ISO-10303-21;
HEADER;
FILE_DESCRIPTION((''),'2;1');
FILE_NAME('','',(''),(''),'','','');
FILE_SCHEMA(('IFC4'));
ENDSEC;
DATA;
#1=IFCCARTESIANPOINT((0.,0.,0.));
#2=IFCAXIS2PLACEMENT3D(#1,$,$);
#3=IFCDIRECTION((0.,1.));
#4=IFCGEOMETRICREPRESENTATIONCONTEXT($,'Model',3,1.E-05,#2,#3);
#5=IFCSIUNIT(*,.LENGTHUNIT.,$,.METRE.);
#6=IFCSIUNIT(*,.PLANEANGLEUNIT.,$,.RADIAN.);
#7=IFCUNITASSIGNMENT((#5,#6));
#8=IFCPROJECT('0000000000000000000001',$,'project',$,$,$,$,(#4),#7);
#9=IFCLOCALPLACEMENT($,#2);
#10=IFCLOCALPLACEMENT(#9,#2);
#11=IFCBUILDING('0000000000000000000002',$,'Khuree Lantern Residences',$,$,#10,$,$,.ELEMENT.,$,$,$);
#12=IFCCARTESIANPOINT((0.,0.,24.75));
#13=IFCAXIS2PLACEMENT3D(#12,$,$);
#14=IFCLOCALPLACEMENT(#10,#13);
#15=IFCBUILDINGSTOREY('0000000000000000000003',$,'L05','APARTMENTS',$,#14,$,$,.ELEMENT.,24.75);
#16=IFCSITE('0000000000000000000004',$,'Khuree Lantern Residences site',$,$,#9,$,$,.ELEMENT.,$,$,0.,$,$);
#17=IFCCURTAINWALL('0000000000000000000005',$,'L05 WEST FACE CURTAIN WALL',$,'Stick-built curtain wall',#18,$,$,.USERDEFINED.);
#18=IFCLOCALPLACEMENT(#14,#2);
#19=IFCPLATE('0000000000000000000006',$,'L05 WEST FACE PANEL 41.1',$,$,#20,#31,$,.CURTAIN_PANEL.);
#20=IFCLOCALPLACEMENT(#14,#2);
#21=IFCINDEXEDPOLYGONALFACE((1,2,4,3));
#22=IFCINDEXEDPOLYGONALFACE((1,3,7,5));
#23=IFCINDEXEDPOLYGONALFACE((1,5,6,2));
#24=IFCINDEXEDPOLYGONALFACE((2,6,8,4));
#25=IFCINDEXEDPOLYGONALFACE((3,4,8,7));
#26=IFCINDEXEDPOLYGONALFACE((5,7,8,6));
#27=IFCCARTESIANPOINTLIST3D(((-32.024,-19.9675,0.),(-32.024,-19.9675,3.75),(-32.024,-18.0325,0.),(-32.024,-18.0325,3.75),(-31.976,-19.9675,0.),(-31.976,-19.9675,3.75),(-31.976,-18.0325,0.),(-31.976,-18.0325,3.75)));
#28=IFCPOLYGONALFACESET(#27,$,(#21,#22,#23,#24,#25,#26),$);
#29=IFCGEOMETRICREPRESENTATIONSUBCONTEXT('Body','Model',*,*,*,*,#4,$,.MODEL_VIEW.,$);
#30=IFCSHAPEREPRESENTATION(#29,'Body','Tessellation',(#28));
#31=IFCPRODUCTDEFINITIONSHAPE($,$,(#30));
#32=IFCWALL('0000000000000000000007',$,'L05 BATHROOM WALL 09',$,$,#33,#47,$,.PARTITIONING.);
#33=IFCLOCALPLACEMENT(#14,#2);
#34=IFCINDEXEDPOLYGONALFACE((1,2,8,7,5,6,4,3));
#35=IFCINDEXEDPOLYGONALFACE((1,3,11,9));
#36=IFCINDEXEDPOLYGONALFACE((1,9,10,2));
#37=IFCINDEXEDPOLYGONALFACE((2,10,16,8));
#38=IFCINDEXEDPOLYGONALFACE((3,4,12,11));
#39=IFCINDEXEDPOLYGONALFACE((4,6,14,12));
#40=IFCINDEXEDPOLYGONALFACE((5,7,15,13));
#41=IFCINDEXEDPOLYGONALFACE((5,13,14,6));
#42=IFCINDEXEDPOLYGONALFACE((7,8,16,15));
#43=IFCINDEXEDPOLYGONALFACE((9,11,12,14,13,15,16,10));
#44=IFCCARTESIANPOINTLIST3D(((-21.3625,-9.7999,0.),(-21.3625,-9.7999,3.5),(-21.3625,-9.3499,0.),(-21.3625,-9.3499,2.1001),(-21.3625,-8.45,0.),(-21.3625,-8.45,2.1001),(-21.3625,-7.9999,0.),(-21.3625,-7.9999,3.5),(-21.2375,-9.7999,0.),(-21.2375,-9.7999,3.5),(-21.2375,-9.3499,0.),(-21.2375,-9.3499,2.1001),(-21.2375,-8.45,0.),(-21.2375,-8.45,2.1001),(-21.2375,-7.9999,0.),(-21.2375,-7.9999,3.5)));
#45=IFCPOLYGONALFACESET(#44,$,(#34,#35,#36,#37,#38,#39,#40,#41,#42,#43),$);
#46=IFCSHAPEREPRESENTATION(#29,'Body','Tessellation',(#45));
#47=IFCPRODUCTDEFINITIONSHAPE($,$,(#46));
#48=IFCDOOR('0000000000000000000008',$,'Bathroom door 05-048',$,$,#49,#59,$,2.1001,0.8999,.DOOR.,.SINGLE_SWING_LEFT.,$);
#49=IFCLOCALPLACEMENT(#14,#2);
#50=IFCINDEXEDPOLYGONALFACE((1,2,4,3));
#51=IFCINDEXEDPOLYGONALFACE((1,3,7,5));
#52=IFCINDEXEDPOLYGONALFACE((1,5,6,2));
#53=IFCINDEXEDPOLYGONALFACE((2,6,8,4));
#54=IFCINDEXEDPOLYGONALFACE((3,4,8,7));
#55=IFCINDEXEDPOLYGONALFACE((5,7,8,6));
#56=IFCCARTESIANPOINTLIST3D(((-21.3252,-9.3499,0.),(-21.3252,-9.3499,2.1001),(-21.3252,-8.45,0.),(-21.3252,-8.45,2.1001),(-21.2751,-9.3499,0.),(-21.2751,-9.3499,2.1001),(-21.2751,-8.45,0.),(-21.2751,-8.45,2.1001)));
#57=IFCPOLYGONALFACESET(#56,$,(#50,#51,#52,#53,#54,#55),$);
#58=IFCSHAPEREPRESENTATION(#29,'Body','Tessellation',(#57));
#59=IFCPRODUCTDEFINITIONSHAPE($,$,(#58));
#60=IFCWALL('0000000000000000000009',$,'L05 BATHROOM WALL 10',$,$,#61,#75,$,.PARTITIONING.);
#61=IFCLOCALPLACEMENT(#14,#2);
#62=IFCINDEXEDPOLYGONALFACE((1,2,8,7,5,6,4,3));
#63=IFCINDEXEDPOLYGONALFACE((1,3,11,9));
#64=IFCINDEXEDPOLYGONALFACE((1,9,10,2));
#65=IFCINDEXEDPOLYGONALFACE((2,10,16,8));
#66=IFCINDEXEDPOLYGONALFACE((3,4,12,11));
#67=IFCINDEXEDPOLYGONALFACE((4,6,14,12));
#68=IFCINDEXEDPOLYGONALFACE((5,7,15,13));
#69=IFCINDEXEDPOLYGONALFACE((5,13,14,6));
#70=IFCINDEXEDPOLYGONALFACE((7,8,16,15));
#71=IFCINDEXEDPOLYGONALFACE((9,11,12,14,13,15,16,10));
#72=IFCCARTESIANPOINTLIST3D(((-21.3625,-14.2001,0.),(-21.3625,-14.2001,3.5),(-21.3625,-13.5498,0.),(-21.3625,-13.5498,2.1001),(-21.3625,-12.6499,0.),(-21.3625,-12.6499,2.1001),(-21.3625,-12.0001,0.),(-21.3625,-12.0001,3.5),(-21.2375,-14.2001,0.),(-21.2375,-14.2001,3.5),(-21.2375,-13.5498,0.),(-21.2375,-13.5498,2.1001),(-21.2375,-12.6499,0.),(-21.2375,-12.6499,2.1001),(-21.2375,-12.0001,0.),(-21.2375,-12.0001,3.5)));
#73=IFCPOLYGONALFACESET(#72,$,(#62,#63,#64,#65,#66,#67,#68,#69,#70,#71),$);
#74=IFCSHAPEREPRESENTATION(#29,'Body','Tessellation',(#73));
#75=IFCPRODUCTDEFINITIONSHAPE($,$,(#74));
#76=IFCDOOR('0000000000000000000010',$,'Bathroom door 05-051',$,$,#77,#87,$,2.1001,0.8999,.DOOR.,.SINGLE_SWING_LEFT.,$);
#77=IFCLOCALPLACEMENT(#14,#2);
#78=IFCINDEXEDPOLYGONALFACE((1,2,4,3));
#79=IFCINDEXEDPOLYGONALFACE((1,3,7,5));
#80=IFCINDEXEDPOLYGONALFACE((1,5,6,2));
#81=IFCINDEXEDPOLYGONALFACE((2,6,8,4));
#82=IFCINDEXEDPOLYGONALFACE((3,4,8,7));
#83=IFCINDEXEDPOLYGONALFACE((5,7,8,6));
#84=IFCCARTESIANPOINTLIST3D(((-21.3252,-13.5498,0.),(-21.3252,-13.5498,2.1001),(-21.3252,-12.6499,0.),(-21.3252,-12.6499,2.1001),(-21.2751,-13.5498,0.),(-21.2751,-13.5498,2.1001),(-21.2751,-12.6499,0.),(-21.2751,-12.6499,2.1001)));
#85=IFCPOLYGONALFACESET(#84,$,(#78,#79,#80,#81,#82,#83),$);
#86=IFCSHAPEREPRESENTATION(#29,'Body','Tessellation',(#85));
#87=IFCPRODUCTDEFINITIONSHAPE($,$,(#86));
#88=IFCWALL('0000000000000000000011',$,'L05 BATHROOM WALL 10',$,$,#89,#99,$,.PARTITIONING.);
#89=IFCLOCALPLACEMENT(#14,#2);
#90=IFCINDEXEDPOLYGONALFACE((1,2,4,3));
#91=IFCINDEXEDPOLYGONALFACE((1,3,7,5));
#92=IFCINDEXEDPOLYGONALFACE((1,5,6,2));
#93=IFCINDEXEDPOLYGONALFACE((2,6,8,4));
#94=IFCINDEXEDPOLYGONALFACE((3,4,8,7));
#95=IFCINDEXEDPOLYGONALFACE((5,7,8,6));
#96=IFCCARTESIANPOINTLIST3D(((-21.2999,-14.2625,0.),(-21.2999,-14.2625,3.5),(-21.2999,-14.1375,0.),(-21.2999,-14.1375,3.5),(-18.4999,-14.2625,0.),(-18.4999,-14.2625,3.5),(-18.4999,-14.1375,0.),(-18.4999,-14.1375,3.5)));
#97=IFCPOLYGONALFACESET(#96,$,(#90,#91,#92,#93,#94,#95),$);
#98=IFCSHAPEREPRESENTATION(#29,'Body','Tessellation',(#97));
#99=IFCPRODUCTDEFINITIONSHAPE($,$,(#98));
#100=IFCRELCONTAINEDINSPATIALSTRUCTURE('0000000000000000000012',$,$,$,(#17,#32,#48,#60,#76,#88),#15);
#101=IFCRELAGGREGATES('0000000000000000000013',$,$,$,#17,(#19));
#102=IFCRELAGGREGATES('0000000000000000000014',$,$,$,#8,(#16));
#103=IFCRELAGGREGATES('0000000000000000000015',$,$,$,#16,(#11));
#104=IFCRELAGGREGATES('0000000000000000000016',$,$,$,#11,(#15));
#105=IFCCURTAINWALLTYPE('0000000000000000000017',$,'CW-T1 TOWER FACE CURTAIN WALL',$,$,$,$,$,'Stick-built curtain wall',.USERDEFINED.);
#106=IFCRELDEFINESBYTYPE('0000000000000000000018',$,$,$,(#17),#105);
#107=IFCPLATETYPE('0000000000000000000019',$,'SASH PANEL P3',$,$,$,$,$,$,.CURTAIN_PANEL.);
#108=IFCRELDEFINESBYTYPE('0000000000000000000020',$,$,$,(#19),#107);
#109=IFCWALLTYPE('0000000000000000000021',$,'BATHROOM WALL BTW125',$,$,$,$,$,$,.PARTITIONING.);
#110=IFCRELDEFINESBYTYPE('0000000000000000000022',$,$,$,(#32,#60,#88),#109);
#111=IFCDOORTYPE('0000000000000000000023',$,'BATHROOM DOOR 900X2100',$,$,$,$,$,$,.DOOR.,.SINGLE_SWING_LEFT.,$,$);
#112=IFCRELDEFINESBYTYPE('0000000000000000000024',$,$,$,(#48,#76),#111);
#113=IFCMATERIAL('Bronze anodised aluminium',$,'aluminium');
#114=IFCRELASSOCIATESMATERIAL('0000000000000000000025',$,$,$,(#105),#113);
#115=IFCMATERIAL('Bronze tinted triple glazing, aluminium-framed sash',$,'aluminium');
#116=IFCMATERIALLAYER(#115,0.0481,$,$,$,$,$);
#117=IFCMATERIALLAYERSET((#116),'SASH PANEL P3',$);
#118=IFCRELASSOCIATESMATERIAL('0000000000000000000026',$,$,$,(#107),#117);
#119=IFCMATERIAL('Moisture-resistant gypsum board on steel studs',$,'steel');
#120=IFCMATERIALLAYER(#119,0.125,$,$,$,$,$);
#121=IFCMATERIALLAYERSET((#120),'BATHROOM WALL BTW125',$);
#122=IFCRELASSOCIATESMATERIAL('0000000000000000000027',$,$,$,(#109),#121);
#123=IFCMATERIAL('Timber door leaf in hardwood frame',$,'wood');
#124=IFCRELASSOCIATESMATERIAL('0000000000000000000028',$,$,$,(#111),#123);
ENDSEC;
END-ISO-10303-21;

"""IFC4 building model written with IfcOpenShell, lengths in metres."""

from ifc_helpers import new_model, si_unit, direction, frame, frame_2d, origin, origin_2d, place, context, subcontext, project, spatial, rectangle, extrude, material, layer, layer_set, type_object, element, fill, aggregate, save


model = new_model("IFC4")

# Units and contexts
model_context = context("Model", 3, precision=1e-05, world=origin(), true_north=direction((0.0, 1.0)))
body_context = subcontext(model_context, "Body", "Model", "MODEL_VIEW")
ifc_project = project(units=[si_unit("LENGTHUNIT", "METRE"), si_unit("PLANEANGLEUNIT", "RADIAN")], contexts=[model_context])

# Site, building, storey
site_placement = place(None, origin())
site = spatial("IfcSite", under=ifc_project, at=site_placement, Name="Khuree Lantern Residences site", CompositionType="ELEMENT", RefElevation=0.0)
building_placement = place(site_placement, origin())
building = spatial("IfcBuilding", under=site, at=building_placement, Name="Khuree Lantern Residences", CompositionType="ELEMENT")
storey_placement = place(building_placement, frame((0.0, 0.0, 24.75)))
storey = spatial("IfcBuildingStorey", under=building, at=storey_placement, Name="L05", Description="APARTMENTS", CompositionType="ELEMENT", Elevation=24.75)

# Curtain wall
ifc_material_1 = material(Name="Bronze anodised aluminium", Category="aluminium")
curtain_wall_type = type_object("IfcCurtainWallType", Name="CW-T1 TOWER FACE CURTAIN WALL", ElementType="Stick-built curtain wall", PredefinedType="USERDEFINED", material=ifc_material_1)
curtain_wall_placement = place(storey_placement, origin())
curtain_wall = element("IfcCurtainWall", 1, at=curtain_wall_placement, inside=storey, type_object=curtain_wall_type, Name="L05 WEST FACE CURTAIN WALL", ObjectType="Stick-built curtain wall", PredefinedType="USERDEFINED")

# Plate
ifc_material_2 = material(Name="Bronze tinted triple glazing, aluminium-framed sash", Category="aluminium")
ifc_layer_1 = layer(ifc_material_2, 0.0481)
ifc_layer_set_1 = layer_set([ifc_layer_1], Name="SASH PANEL P3")
plate_type_1 = type_object("IfcPlateType", Name="SASH PANEL P3", PredefinedType="CURTAIN_PANEL", material=ifc_layer_set_1)
plate_1_placement = place(storey_placement, frame((-32.0, -19.0, 0.0), z_axis=(0.0, 0.0, 1.0), x_axis=(0.0, -1.0, 0.0)))
plate_1 = element("IfcPlate", 2, at=plate_1_placement, type_object=plate_type_1, Name="L05 WEST FACE PANEL 41.1", PredefinedType="CURTAIN_PANEL", context=body_context, shape_type="SweptSolid", body=[
    extrude(rectangle(XDim=1.9351, YDim=0.0481, at=origin_2d()), origin(), (0.0, 0.0, 1.0), 3.75),
])
aggregate(curtain_wall, [plate_1])

# Walls, openings, doors
ifc_material_3 = material(Name="Moisture-resistant gypsum board on steel studs", Category="steel")
ifc_layer_2 = layer(ifc_material_3, 0.125)
ifc_layer_set_2 = layer_set([ifc_layer_2], Name="BATHROOM WALL BTW125")
wall_type = type_object("IfcWallType", Name="BATHROOM WALL BTW125", PredefinedType="PARTITIONING", material=ifc_layer_set_2)
wall_1_placement = place(storey_placement, frame((-21.3, -8.0, 0.0), z_axis=(0.0, 0.0, 1.0), x_axis=(0.0, -1.0, 0.0)))
wall_1 = element("IfcWall", 3, at=wall_1_placement, inside=storey, type_object=wall_type, Name="L05 BATHROOM WALL 09", PredefinedType="PARTITIONING", context=body_context, shape_type="SweptSolid", body=[
    extrude(rectangle(XDim=1.8, YDim=0.125, at=frame_2d((0.8999, 0.0))), origin(), (0.0, 0.0, 1.0), 3.5),
])
opening_1_placement = place(wall_1_placement, frame((0.45, 0.0, 0.0)))
opening_1 = element("IfcOpeningElement", 4, at=opening_1_placement, cuts=wall_1, PredefinedType="OPENING", context=body_context, shape_type="SweptSolid", body=[
    extrude(rectangle(XDim=0.8999, YDim=2.1001, at=frame_2d((0.45, 1.05))), frame((0.0, 0.0725, 0.0), z_axis=(0.0, -1.0, 0.0), x_axis=(1.0, 0.0, 0.0)), (0.0, 0.0, 1.0), 0.145),
])
ifc_material_4 = material(Name="Timber door leaf in hardwood frame", Category="wood")
door_type = type_object("IfcDoorType", Name="BATHROOM DOOR 900X2100", OperationType="SINGLE_SWING_LEFT", PredefinedType="DOOR", material=ifc_material_4)
door_1_placement = place(opening_1_placement, origin())
door_1 = element("IfcDoor", 5, at=door_1_placement, inside=storey, type_object=door_type, Name="Bathroom door 05-048", OperationType="SINGLE_SWING_LEFT", OverallHeight=2.1001, OverallWidth=0.8999, PredefinedType="DOOR", context=body_context, shape_type="SweptSolid", body=[
    extrude(rectangle(XDim=0.8999, YDim=2.1001, at=frame_2d((0.45, 1.05))), frame((0.0, 0.0249, 0.0), z_axis=(0.0, -1.0, 0.0), x_axis=(1.0, 0.0, 0.0)), (0.0, 0.0, 1.0), 0.05),
])
fill(opening_1, door_1)
wall_2_placement = place(storey_placement, frame((-21.3, -12.0, 0.0), z_axis=(0.0, 0.0, 1.0), x_axis=(0.0, -1.0, 0.0)))
wall_2 = element("IfcWall", 6, at=wall_2_placement, inside=storey, type_object=wall_type, Name="L05 BATHROOM WALL 10", PredefinedType="PARTITIONING", context=body_context, shape_type="SweptSolid", body=[
    extrude(rectangle(XDim=2.2, YDim=0.125, at=frame_2d((1.1001, 0.0))), origin(), (0.0, 0.0, 1.0), 3.5),
])
opening_2_placement = place(wall_2_placement, frame((0.6499, 0.0, 0.0)))
opening_2 = element("IfcOpeningElement", 7, at=opening_2_placement, cuts=wall_2, PredefinedType="OPENING", context=body_context, shape_type="SweptSolid", body=[
    extrude(rectangle(XDim=0.8999, YDim=2.1001, at=frame_2d((0.45, 1.05))), frame((0.0, 0.0725, 0.0), z_axis=(0.0, -1.0, 0.0), x_axis=(1.0, 0.0, 0.0)), (0.0, 0.0, 1.0), 0.145),
])
door_2_placement = place(opening_2_placement, origin())
door_2 = element("IfcDoor", 8, at=door_2_placement, inside=storey, type_object=door_type, Name="Bathroom door 05-051", OperationType="SINGLE_SWING_LEFT", OverallHeight=2.1001, OverallWidth=0.8999, PredefinedType="DOOR", context=body_context, shape_type="SweptSolid", body=[
    extrude(rectangle(XDim=0.8999, YDim=2.1001, at=frame_2d((0.45, 1.05))), frame((0.0, 0.0249, 0.0), z_axis=(0.0, -1.0, 0.0), x_axis=(1.0, 0.0, 0.0)), (0.0, 0.0, 1.0), 0.05),
])
fill(opening_2, door_2)

# Wall
wall_3_placement = place(storey_placement, frame((-18.5, -14.2, 0.0), z_axis=(0.0, 0.0, 1.0), x_axis=(-1.0, 0.0, 0.0)))
element("IfcWall", 9, at=wall_3_placement, inside=storey, type_object=wall_type, Name="L05 BATHROOM WALL 10", PredefinedType="PARTITIONING", context=body_context, shape_type="SweptSolid", body=[
    extrude(rectangle(XDim=2.8, YDim=0.125, at=frame_2d((1.3999, 0.0))), origin(), (0.0, 0.0, 1.0), 3.5),
])

save(model, "model.ifc")
